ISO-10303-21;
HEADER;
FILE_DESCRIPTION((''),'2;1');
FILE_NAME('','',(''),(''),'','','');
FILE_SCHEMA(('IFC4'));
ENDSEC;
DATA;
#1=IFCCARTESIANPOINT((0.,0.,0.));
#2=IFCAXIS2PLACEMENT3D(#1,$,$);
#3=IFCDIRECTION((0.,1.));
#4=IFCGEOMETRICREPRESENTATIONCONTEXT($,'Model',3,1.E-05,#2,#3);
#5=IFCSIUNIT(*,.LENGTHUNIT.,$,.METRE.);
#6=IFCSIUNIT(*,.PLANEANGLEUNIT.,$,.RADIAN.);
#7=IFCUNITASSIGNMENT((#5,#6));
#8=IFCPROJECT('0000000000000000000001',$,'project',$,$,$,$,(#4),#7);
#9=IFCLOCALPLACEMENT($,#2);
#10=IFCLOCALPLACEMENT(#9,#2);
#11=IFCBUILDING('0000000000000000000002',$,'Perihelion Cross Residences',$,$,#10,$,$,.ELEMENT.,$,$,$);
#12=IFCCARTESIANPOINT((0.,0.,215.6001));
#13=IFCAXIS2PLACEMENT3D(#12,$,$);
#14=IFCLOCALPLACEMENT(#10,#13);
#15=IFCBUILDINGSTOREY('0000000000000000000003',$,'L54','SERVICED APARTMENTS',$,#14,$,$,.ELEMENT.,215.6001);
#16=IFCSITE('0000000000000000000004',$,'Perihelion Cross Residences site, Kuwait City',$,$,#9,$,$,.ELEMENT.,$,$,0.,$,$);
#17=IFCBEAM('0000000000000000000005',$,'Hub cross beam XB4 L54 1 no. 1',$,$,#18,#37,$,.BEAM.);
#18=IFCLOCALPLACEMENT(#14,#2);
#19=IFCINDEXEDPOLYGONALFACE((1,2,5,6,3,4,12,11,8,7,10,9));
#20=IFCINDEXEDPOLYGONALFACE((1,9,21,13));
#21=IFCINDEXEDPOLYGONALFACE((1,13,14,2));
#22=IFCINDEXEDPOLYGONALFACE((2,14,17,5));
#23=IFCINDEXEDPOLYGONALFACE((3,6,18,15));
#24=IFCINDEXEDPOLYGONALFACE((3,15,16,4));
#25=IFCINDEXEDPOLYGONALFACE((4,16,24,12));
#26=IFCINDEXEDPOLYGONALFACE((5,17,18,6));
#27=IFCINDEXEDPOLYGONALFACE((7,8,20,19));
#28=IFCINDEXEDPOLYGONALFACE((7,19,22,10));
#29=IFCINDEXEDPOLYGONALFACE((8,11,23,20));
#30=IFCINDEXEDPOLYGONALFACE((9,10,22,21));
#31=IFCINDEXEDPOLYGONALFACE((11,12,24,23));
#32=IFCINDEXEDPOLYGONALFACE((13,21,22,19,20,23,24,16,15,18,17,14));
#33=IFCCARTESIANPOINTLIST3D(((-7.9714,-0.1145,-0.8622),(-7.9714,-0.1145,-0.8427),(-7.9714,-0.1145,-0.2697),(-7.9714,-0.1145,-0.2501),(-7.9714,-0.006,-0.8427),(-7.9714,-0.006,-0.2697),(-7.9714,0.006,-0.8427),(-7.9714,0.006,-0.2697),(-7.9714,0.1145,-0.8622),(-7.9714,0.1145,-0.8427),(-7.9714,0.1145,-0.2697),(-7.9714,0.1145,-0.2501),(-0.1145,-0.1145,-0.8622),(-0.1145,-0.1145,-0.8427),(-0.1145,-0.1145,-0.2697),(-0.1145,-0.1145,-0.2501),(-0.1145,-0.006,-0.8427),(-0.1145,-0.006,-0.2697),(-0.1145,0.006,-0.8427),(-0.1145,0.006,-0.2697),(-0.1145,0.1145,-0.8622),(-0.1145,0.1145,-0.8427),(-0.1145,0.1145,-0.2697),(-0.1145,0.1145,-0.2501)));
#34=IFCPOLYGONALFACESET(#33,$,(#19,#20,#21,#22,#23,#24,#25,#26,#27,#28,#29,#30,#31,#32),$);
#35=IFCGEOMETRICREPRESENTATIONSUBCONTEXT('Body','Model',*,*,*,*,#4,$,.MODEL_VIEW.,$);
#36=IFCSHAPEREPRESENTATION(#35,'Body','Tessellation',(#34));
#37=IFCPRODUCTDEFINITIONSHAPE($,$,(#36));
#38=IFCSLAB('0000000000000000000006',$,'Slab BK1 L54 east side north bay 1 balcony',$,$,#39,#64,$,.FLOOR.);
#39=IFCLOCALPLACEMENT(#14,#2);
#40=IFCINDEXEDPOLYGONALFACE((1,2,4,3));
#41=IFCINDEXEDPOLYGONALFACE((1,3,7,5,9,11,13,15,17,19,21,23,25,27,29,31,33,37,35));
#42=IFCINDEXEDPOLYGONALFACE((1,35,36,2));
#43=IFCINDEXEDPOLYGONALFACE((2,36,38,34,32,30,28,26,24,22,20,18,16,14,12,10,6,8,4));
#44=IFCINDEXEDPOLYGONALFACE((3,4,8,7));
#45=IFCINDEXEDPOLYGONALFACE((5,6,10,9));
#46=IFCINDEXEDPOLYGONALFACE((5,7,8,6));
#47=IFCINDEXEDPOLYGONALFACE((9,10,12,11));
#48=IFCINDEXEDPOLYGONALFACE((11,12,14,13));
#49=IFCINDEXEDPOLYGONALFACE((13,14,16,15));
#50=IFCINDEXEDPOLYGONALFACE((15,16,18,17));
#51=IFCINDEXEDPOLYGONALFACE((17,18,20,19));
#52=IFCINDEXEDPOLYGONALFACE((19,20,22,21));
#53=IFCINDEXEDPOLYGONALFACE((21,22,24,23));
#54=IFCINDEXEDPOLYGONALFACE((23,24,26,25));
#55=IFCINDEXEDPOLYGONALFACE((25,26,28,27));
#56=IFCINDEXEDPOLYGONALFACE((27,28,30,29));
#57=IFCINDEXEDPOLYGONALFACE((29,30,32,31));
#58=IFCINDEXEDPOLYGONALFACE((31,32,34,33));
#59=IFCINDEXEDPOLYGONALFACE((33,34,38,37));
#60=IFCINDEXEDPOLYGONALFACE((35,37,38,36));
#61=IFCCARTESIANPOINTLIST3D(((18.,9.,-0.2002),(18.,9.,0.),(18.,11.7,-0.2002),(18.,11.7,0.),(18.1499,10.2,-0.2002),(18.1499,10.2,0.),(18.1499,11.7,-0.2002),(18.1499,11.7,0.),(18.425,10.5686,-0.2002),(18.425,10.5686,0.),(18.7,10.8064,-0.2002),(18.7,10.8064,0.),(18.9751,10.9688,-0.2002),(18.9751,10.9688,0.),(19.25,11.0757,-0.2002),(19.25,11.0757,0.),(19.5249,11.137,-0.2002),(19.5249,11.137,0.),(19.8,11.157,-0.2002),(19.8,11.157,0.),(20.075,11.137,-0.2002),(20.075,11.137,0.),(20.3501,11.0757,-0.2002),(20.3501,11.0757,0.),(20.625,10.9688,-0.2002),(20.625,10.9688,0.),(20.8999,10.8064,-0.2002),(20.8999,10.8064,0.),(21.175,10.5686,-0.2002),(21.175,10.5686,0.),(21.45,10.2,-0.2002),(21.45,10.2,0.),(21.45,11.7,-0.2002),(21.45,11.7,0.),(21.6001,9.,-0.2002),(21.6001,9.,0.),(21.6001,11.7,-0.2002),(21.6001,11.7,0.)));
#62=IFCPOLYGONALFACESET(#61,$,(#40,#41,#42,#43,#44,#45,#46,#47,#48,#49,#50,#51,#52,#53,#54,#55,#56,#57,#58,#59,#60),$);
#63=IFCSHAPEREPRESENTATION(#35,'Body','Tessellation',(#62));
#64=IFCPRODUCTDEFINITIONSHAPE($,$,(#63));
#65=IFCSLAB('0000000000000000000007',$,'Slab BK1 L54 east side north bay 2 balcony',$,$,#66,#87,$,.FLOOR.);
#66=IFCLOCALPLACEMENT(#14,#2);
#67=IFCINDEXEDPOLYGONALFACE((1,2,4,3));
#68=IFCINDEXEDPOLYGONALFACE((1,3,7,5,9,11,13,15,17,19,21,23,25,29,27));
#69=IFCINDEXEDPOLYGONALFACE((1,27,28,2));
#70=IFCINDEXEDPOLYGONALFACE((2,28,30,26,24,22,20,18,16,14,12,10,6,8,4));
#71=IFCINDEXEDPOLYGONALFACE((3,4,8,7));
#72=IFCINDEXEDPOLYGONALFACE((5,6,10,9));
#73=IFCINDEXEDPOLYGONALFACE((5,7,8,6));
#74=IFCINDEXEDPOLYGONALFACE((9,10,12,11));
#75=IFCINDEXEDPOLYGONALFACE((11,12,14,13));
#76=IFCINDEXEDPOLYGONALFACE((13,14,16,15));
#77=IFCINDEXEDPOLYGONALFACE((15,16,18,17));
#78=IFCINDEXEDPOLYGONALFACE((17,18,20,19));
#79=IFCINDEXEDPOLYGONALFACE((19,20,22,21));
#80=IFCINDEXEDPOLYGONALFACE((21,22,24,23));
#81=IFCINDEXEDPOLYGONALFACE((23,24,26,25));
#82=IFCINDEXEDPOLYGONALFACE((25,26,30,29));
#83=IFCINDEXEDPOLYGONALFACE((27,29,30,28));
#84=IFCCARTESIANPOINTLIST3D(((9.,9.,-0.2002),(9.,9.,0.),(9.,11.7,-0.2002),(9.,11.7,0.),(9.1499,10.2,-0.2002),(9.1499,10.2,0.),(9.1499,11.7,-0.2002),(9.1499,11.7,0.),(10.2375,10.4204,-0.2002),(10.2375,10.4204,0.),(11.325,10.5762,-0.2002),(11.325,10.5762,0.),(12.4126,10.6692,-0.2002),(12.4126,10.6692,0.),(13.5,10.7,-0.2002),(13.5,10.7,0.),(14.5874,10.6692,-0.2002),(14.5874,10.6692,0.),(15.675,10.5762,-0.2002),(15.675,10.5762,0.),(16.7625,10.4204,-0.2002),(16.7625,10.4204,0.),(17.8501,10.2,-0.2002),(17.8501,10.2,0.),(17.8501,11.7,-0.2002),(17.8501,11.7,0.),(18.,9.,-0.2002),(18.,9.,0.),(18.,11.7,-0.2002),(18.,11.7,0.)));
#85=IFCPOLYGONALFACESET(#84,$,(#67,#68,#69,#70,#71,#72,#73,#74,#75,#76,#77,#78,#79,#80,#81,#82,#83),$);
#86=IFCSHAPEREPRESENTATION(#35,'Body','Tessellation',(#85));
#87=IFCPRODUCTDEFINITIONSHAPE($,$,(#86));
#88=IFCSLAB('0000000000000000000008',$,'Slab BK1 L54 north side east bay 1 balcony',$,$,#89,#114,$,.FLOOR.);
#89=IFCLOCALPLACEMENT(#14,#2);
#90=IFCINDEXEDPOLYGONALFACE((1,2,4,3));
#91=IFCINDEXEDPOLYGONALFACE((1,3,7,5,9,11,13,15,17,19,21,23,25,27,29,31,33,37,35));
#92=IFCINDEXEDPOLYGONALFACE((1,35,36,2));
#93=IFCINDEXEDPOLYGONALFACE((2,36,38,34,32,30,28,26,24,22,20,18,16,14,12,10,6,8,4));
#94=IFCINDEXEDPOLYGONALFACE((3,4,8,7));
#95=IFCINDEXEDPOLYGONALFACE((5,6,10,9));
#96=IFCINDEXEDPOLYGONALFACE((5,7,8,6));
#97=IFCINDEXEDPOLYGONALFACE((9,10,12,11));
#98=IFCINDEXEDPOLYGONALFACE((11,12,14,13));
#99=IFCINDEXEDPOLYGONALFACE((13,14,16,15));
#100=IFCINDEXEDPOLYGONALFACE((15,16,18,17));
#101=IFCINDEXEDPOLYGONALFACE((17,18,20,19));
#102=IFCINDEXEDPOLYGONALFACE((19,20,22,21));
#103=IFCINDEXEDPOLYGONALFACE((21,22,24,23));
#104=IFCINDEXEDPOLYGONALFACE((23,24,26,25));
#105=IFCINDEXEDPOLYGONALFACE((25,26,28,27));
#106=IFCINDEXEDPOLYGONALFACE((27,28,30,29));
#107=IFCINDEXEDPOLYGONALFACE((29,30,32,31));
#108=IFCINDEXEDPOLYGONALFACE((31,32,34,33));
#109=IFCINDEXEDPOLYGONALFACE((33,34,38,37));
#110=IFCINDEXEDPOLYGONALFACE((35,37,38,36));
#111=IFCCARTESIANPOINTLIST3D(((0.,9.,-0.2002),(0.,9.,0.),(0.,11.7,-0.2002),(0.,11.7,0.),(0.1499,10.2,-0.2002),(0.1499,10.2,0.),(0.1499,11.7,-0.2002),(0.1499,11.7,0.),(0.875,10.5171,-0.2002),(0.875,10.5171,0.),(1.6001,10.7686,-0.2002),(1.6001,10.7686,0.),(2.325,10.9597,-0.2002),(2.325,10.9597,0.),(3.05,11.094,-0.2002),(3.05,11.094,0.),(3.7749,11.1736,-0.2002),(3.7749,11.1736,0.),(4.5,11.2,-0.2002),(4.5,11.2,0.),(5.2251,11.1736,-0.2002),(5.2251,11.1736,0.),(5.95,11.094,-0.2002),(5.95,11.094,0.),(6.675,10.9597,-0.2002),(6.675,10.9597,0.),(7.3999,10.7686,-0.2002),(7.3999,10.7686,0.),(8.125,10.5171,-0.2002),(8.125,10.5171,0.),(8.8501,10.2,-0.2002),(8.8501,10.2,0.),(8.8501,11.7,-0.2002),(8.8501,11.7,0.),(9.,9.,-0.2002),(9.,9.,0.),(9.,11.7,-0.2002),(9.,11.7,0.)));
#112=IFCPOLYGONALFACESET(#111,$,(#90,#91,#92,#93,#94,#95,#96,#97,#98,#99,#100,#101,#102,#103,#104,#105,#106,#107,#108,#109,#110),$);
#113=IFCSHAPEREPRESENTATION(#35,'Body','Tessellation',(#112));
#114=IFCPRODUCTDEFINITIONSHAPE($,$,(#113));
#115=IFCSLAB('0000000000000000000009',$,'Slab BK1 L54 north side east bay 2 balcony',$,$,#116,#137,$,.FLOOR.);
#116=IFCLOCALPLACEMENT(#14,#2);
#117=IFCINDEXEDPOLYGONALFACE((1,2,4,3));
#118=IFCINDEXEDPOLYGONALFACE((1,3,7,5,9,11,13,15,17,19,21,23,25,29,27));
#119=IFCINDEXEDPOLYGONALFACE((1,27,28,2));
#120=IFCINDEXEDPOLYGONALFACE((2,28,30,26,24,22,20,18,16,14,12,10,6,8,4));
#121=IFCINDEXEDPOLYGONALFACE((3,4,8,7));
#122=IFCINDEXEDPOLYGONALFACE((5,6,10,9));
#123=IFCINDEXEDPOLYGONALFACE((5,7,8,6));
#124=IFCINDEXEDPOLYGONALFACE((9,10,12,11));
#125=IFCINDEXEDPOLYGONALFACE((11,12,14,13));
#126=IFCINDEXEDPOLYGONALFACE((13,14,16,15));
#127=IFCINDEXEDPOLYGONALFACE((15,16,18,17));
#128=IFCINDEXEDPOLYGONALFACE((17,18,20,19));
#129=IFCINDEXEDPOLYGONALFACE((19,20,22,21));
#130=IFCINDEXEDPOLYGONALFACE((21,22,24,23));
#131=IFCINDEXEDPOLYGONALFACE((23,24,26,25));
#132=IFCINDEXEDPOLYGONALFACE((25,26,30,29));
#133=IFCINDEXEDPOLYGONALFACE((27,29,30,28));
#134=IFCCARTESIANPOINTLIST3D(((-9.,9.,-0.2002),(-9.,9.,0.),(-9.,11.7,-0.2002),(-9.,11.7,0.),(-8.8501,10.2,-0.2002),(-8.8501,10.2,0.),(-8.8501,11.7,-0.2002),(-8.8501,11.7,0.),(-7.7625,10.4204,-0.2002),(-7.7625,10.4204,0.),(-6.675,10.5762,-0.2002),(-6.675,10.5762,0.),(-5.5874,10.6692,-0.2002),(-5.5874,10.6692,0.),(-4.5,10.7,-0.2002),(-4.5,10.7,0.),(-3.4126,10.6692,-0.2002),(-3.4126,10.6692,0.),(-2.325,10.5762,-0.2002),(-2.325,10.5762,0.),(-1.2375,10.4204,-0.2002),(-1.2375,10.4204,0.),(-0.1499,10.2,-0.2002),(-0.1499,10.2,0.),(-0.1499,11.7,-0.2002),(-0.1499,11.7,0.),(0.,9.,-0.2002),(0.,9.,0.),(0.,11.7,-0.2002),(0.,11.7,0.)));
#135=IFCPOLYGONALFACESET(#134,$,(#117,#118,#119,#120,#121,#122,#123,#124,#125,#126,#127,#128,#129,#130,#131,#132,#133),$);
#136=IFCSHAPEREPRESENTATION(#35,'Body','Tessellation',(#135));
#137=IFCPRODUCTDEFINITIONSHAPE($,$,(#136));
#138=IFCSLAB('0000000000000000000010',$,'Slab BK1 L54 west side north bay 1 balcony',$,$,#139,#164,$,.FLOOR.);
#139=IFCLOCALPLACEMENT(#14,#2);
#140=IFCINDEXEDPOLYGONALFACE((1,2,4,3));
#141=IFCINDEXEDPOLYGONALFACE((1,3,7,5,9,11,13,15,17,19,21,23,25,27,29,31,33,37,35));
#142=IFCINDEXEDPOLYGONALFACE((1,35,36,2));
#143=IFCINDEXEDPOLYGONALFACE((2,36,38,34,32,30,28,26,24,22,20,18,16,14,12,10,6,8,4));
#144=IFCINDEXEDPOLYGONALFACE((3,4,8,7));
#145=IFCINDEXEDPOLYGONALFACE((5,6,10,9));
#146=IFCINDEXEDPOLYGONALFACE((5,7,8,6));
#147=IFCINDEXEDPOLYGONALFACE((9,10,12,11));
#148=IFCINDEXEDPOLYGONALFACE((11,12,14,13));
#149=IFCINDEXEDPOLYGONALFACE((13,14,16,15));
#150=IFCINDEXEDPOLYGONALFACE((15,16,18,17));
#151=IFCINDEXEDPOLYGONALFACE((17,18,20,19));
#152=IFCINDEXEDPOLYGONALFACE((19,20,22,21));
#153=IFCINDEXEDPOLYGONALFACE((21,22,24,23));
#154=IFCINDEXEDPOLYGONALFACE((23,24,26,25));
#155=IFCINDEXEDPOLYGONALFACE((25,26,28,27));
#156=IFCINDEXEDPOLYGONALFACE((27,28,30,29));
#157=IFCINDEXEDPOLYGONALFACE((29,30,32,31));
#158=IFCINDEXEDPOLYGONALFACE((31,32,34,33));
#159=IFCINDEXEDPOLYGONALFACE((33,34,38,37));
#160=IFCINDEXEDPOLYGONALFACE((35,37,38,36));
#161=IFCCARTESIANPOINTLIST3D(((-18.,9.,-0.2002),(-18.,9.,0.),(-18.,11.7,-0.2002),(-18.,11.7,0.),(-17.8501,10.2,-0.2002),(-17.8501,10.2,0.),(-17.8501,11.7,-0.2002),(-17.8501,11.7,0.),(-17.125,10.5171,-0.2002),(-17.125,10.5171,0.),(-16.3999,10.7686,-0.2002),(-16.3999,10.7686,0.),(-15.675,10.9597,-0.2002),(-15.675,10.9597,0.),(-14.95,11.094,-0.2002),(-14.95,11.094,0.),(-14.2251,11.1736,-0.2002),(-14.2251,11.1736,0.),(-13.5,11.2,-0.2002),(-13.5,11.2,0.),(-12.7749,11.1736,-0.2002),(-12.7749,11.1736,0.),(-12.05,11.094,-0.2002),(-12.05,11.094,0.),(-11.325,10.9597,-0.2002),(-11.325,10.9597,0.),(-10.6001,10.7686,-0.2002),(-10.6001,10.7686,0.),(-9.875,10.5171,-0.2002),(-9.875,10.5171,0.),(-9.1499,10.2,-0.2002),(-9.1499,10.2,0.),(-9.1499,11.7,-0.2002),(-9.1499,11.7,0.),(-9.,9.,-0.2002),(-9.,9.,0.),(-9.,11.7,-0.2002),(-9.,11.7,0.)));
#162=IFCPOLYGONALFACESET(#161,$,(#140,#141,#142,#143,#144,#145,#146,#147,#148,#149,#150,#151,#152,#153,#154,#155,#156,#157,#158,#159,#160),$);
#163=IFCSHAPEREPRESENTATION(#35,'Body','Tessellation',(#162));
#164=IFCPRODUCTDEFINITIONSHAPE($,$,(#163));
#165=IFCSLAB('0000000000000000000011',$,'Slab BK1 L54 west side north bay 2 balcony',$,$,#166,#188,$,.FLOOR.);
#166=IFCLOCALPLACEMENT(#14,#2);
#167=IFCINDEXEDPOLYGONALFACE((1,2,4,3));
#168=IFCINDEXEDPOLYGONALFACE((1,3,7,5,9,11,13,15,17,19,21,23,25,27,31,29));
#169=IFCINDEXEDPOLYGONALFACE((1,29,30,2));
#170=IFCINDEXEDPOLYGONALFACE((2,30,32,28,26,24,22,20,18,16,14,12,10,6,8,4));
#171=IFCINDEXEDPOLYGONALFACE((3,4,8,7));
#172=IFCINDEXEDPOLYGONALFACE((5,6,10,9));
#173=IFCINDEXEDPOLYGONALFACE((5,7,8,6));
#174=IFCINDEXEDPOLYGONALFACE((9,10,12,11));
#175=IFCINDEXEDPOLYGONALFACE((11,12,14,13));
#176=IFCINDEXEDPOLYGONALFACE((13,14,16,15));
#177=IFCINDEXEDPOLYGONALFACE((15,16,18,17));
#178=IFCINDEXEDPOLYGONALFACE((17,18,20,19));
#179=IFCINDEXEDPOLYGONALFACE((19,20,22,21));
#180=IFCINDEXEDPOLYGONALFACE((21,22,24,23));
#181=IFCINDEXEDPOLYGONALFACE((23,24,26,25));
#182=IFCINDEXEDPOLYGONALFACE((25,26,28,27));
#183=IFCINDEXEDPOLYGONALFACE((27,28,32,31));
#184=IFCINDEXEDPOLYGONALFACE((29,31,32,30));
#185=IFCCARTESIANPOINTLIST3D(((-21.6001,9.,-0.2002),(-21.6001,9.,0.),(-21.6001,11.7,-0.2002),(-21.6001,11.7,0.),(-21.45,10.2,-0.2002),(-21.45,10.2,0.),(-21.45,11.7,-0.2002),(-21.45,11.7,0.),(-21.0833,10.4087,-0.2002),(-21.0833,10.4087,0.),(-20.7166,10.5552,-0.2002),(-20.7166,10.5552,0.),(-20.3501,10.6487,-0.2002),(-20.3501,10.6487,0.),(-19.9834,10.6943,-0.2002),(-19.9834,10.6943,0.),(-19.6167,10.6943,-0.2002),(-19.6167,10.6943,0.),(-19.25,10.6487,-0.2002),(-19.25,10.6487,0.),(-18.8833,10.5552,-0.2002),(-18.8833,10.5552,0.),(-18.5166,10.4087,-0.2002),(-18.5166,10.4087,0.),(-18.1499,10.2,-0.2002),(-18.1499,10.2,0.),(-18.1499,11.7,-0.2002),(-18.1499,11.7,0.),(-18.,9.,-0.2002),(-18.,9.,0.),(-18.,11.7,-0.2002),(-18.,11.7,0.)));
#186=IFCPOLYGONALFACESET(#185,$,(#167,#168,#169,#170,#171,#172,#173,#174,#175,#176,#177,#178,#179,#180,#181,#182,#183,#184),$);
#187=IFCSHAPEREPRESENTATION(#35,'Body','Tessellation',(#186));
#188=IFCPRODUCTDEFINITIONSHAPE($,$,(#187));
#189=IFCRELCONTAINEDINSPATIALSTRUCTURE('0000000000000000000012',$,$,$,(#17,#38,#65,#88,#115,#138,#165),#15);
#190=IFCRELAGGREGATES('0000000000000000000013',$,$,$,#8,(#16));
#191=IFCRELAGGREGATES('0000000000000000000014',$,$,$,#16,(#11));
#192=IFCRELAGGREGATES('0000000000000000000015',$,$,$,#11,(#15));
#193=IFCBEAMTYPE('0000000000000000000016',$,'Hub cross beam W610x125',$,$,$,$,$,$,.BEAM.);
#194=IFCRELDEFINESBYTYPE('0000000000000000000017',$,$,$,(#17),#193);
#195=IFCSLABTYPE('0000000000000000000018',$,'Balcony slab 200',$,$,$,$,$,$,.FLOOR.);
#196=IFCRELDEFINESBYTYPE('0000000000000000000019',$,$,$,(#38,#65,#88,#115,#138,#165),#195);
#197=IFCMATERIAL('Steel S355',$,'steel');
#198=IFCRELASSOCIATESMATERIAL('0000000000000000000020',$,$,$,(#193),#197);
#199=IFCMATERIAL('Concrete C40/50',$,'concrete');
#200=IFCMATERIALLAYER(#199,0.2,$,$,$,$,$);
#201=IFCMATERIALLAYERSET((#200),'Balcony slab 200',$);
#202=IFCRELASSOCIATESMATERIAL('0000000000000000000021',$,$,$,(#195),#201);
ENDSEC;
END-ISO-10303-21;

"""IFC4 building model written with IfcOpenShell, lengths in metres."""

from ifc_helpers import new_model, si_unit, direction, frame, origin, origin_2d, place, context, subcontext, project, spatial, polyline, i_section, outline, extrude, material, layer, layer_set, material_profile, profile_set, type_object, element, save


model = new_model("IFC4")

# Units and contexts
model_context = context("Model", 3, precision=1e-05, world=origin(), true_north=direction((0.0, 1.0)))
body_context = subcontext(model_context, "Body", "Model", "MODEL_VIEW")
ifc_project = project(units=[si_unit("LENGTHUNIT", "METRE"), si_unit("PLANEANGLEUNIT", "RADIAN")], contexts=[model_context])

# Site, building, storey
site_placement = place(None, origin())
site = spatial("IfcSite", under=ifc_project, at=site_placement, Name="Perihelion Cross Residences site, Kuwait City", CompositionType="ELEMENT", RefElevation=0.0)
building_placement = place(site_placement, origin())
building = spatial("IfcBuilding", under=site, at=building_placement, Name="Perihelion Cross Residences", CompositionType="ELEMENT")
storey_placement = place(building_placement, frame((0.0, 0.0, 215.6001)))
storey = spatial("IfcBuildingStorey", under=building, at=storey_placement, Name="L54", Description="SERVICED APARTMENTS", CompositionType="ELEMENT", Elevation=215.6001)

# Beam
ifc_material_1 = material(Name="Steel S355", Category="steel")
ifc_material_profile = material_profile(ifc_material_1, i_section(OverallWidth=0.229, OverallDepth=0.6121, WebThickness=0.012, FlangeThickness=0.0195, at=origin_2d()), Name="W610x125")
ifc_profile_set = profile_set([ifc_material_profile], Name="Steel S355")
beam_type = type_object("IfcBeamType", Name="Hub cross beam W610x125", PredefinedType="BEAM", material=ifc_profile_set)
beam_placement = place(storey_placement, frame((-7.9714, 0.0, -0.5562), z_axis=(1.0, 0.0, 0.0), x_axis=(0.0, 1.0, 0.0)))
element("IfcBeam", 1, at=beam_placement, inside=storey, type_object=beam_type, Name="Hub cross beam XB4 L54 1 no. 1", PredefinedType="BEAM", context=body_context, shape_type="SweptSolid", body=[
    extrude(i_section(OverallWidth=0.229, OverallDepth=0.6121, WebThickness=0.012, FlangeThickness=0.0195, at=origin_2d()), origin(), (0.0, 0.0, 1.0), 7.8569),
])

# Slabs
ifc_material_2 = material(Name="Concrete C40/50", Category="concrete")
ifc_layer_1 = layer(ifc_material_2, 0.2)
ifc_layer_set_1 = layer_set([ifc_layer_1], Name="Balcony slab 200")
slab_type_1 = type_object("IfcSlabType", Name="Balcony slab 200", PredefinedType="FLOOR", material=ifc_layer_set_1)
slab_1_placement = place(storey_placement, frame((0.0, 0.0, -0.2002)))
element("IfcSlab", 2, at=slab_1_placement, inside=storey, type_object=slab_type_1, Name="Slab BK1 L54 east side north bay 1 balcony", PredefinedType="FLOOR", context=body_context, shape_type="SweptSolid", body=[
    extrude(outline(polyline([(21.6001, 9.0), (18.0, 9.0), (18.0, 11.7), (18.1499, 11.7), (18.1499, 10.2), (18.425, 10.5686), (18.7, 10.8064), (18.9751, 10.9688), (19.25, 11.0757), (19.5249, 11.137), (19.8, 11.157), (20.075, 11.137), (20.3501, 11.0757), (20.625, 10.9688), (20.8999, 10.8064), (21.175, 10.5686), (21.45, 10.2), (21.45, 11.7), (21.6001, 11.7), (21.6001, 9.0)])), origin(), (0.0, 0.0, 1.0), 0.2002),
])
slab_2_placement = place(storey_placement, frame((0.0, 0.0, -0.2002)))
element("IfcSlab", 3, at=slab_2_placement, inside=storey, type_object=slab_type_1, Name="Slab BK1 L54 east side north bay 2 balcony", PredefinedType="FLOOR", context=body_context, shape_type="SweptSolid", body=[
    extrude(outline(polyline([(18.0, 9.0), (9.0, 9.0), (9.0, 11.7), (9.1499, 11.7), (9.1499, 10.2), (10.2375, 10.4204), (11.325, 10.5762), (12.4126, 10.6692), (13.5, 10.7), (14.5874, 10.6692), (15.675, 10.5762), (16.7625, 10.4204), (17.8501, 10.2), (17.8501, 11.7), (18.0, 11.7), (18.0, 9.0)])), origin(), (0.0, 0.0, 1.0), 0.2002),
])
slab_3_placement = place(storey_placement, frame((0.0, 0.0, -0.2002)))
element("IfcSlab", 4, at=slab_3_placement, inside=storey, type_object=slab_type_1, Name="Slab BK1 L54 north side east bay 1 balcony", PredefinedType="FLOOR", context=body_context, shape_type="SweptSolid", body=[
    extrude(outline(polyline([(9.0, 9.0), (0.0, 9.0), (0.0, 11.7), (0.1499, 11.7), (0.1499, 10.2), (0.875, 10.5171), (1.6001, 10.7686), (2.325, 10.9597), (3.05, 11.094), (3.7749, 11.1736), (4.5, 11.2), (5.2251, 11.1736), (5.95, 11.094), (6.675, 10.9597), (7.3999, 10.7686), (8.125, 10.5171), (8.8501, 10.2), (8.8501, 11.7), (9.0, 11.7), (9.0, 9.0)])), origin(), (0.0, 0.0, 1.0), 0.2002),
])
slab_4_placement = place(storey_placement, frame((0.0, 0.0, -0.2002)))
element("IfcSlab", 5, at=slab_4_placement, inside=storey, type_object=slab_type_1, Name="Slab BK1 L54 north side east bay 2 balcony", PredefinedType="FLOOR", context=body_context, shape_type="SweptSolid", body=[
    extrude(outline(polyline([(0.0, 9.0), (-9.0, 9.0), (-9.0, 11.7), (-8.8501, 11.7), (-8.8501, 10.2), (-7.7625, 10.4204), (-6.675, 10.5762), (-5.5874, 10.6692), (-4.5, 10.7), (-3.4126, 10.6692), (-2.325, 10.5762), (-1.2375, 10.4204), (-0.1499, 10.2), (-0.1499, 11.7), (0.0, 11.7), (0.0, 9.0)])), origin(), (0.0, 0.0, 1.0), 0.2002),
])
slab_5_placement = place(storey_placement, frame((0.0, 0.0, -0.2002)))
element("IfcSlab", 6, at=slab_5_placement, inside=storey, type_object=slab_type_1, Name="Slab BK1 L54 west side north bay 1 balcony", PredefinedType="FLOOR", context=body_context, shape_type="SweptSolid", body=[
    extrude(outline(polyline([(-9.0, 9.0), (-18.0, 9.0), (-18.0, 11.7), (-17.8501, 11.7), (-17.8501, 10.2), (-17.125, 10.5171), (-16.3999, 10.7686), (-15.675, 10.9597), (-14.95, 11.094), (-14.2251, 11.1736), (-13.5, 11.2), (-12.7749, 11.1736), (-12.05, 11.094), (-11.325, 10.9597), (-10.6001, 10.7686), (-9.875, 10.5171), (-9.1499, 10.2), (-9.1499, 11.7), (-9.0, 11.7), (-9.0, 9.0)])), origin(), (0.0, 0.0, 1.0), 0.2002),
])
slab_6_placement = place(storey_placement, frame((0.0, 0.0, -0.2002)))
element("IfcSlab", 7, at=slab_6_placement, inside=storey, type_object=slab_type_1, Name="Slab BK1 L54 west side north bay 2 balcony", PredefinedType="FLOOR", context=body_context, shape_type="SweptSolid", body=[
    extrude(outline(polyline([(-18.0, 9.0), (-21.6001, 9.0), (-21.6001, 11.7), (-21.45, 11.7), (-21.45, 10.2), (-21.0833, 10.4087), (-20.7166, 10.5552), (-20.3501, 10.6487), (-19.9834, 10.6943), (-19.6167, 10.6943), (-19.25, 10.6487), (-18.8833, 10.5552), (-18.5166, 10.4087), (-18.1499, 10.2), (-18.1499, 11.7), (-18.0, 11.7), (-18.0, 9.0)])), origin(), (0.0, 0.0, 1.0), 0.2002),
])

save(model, "model.ifc")
